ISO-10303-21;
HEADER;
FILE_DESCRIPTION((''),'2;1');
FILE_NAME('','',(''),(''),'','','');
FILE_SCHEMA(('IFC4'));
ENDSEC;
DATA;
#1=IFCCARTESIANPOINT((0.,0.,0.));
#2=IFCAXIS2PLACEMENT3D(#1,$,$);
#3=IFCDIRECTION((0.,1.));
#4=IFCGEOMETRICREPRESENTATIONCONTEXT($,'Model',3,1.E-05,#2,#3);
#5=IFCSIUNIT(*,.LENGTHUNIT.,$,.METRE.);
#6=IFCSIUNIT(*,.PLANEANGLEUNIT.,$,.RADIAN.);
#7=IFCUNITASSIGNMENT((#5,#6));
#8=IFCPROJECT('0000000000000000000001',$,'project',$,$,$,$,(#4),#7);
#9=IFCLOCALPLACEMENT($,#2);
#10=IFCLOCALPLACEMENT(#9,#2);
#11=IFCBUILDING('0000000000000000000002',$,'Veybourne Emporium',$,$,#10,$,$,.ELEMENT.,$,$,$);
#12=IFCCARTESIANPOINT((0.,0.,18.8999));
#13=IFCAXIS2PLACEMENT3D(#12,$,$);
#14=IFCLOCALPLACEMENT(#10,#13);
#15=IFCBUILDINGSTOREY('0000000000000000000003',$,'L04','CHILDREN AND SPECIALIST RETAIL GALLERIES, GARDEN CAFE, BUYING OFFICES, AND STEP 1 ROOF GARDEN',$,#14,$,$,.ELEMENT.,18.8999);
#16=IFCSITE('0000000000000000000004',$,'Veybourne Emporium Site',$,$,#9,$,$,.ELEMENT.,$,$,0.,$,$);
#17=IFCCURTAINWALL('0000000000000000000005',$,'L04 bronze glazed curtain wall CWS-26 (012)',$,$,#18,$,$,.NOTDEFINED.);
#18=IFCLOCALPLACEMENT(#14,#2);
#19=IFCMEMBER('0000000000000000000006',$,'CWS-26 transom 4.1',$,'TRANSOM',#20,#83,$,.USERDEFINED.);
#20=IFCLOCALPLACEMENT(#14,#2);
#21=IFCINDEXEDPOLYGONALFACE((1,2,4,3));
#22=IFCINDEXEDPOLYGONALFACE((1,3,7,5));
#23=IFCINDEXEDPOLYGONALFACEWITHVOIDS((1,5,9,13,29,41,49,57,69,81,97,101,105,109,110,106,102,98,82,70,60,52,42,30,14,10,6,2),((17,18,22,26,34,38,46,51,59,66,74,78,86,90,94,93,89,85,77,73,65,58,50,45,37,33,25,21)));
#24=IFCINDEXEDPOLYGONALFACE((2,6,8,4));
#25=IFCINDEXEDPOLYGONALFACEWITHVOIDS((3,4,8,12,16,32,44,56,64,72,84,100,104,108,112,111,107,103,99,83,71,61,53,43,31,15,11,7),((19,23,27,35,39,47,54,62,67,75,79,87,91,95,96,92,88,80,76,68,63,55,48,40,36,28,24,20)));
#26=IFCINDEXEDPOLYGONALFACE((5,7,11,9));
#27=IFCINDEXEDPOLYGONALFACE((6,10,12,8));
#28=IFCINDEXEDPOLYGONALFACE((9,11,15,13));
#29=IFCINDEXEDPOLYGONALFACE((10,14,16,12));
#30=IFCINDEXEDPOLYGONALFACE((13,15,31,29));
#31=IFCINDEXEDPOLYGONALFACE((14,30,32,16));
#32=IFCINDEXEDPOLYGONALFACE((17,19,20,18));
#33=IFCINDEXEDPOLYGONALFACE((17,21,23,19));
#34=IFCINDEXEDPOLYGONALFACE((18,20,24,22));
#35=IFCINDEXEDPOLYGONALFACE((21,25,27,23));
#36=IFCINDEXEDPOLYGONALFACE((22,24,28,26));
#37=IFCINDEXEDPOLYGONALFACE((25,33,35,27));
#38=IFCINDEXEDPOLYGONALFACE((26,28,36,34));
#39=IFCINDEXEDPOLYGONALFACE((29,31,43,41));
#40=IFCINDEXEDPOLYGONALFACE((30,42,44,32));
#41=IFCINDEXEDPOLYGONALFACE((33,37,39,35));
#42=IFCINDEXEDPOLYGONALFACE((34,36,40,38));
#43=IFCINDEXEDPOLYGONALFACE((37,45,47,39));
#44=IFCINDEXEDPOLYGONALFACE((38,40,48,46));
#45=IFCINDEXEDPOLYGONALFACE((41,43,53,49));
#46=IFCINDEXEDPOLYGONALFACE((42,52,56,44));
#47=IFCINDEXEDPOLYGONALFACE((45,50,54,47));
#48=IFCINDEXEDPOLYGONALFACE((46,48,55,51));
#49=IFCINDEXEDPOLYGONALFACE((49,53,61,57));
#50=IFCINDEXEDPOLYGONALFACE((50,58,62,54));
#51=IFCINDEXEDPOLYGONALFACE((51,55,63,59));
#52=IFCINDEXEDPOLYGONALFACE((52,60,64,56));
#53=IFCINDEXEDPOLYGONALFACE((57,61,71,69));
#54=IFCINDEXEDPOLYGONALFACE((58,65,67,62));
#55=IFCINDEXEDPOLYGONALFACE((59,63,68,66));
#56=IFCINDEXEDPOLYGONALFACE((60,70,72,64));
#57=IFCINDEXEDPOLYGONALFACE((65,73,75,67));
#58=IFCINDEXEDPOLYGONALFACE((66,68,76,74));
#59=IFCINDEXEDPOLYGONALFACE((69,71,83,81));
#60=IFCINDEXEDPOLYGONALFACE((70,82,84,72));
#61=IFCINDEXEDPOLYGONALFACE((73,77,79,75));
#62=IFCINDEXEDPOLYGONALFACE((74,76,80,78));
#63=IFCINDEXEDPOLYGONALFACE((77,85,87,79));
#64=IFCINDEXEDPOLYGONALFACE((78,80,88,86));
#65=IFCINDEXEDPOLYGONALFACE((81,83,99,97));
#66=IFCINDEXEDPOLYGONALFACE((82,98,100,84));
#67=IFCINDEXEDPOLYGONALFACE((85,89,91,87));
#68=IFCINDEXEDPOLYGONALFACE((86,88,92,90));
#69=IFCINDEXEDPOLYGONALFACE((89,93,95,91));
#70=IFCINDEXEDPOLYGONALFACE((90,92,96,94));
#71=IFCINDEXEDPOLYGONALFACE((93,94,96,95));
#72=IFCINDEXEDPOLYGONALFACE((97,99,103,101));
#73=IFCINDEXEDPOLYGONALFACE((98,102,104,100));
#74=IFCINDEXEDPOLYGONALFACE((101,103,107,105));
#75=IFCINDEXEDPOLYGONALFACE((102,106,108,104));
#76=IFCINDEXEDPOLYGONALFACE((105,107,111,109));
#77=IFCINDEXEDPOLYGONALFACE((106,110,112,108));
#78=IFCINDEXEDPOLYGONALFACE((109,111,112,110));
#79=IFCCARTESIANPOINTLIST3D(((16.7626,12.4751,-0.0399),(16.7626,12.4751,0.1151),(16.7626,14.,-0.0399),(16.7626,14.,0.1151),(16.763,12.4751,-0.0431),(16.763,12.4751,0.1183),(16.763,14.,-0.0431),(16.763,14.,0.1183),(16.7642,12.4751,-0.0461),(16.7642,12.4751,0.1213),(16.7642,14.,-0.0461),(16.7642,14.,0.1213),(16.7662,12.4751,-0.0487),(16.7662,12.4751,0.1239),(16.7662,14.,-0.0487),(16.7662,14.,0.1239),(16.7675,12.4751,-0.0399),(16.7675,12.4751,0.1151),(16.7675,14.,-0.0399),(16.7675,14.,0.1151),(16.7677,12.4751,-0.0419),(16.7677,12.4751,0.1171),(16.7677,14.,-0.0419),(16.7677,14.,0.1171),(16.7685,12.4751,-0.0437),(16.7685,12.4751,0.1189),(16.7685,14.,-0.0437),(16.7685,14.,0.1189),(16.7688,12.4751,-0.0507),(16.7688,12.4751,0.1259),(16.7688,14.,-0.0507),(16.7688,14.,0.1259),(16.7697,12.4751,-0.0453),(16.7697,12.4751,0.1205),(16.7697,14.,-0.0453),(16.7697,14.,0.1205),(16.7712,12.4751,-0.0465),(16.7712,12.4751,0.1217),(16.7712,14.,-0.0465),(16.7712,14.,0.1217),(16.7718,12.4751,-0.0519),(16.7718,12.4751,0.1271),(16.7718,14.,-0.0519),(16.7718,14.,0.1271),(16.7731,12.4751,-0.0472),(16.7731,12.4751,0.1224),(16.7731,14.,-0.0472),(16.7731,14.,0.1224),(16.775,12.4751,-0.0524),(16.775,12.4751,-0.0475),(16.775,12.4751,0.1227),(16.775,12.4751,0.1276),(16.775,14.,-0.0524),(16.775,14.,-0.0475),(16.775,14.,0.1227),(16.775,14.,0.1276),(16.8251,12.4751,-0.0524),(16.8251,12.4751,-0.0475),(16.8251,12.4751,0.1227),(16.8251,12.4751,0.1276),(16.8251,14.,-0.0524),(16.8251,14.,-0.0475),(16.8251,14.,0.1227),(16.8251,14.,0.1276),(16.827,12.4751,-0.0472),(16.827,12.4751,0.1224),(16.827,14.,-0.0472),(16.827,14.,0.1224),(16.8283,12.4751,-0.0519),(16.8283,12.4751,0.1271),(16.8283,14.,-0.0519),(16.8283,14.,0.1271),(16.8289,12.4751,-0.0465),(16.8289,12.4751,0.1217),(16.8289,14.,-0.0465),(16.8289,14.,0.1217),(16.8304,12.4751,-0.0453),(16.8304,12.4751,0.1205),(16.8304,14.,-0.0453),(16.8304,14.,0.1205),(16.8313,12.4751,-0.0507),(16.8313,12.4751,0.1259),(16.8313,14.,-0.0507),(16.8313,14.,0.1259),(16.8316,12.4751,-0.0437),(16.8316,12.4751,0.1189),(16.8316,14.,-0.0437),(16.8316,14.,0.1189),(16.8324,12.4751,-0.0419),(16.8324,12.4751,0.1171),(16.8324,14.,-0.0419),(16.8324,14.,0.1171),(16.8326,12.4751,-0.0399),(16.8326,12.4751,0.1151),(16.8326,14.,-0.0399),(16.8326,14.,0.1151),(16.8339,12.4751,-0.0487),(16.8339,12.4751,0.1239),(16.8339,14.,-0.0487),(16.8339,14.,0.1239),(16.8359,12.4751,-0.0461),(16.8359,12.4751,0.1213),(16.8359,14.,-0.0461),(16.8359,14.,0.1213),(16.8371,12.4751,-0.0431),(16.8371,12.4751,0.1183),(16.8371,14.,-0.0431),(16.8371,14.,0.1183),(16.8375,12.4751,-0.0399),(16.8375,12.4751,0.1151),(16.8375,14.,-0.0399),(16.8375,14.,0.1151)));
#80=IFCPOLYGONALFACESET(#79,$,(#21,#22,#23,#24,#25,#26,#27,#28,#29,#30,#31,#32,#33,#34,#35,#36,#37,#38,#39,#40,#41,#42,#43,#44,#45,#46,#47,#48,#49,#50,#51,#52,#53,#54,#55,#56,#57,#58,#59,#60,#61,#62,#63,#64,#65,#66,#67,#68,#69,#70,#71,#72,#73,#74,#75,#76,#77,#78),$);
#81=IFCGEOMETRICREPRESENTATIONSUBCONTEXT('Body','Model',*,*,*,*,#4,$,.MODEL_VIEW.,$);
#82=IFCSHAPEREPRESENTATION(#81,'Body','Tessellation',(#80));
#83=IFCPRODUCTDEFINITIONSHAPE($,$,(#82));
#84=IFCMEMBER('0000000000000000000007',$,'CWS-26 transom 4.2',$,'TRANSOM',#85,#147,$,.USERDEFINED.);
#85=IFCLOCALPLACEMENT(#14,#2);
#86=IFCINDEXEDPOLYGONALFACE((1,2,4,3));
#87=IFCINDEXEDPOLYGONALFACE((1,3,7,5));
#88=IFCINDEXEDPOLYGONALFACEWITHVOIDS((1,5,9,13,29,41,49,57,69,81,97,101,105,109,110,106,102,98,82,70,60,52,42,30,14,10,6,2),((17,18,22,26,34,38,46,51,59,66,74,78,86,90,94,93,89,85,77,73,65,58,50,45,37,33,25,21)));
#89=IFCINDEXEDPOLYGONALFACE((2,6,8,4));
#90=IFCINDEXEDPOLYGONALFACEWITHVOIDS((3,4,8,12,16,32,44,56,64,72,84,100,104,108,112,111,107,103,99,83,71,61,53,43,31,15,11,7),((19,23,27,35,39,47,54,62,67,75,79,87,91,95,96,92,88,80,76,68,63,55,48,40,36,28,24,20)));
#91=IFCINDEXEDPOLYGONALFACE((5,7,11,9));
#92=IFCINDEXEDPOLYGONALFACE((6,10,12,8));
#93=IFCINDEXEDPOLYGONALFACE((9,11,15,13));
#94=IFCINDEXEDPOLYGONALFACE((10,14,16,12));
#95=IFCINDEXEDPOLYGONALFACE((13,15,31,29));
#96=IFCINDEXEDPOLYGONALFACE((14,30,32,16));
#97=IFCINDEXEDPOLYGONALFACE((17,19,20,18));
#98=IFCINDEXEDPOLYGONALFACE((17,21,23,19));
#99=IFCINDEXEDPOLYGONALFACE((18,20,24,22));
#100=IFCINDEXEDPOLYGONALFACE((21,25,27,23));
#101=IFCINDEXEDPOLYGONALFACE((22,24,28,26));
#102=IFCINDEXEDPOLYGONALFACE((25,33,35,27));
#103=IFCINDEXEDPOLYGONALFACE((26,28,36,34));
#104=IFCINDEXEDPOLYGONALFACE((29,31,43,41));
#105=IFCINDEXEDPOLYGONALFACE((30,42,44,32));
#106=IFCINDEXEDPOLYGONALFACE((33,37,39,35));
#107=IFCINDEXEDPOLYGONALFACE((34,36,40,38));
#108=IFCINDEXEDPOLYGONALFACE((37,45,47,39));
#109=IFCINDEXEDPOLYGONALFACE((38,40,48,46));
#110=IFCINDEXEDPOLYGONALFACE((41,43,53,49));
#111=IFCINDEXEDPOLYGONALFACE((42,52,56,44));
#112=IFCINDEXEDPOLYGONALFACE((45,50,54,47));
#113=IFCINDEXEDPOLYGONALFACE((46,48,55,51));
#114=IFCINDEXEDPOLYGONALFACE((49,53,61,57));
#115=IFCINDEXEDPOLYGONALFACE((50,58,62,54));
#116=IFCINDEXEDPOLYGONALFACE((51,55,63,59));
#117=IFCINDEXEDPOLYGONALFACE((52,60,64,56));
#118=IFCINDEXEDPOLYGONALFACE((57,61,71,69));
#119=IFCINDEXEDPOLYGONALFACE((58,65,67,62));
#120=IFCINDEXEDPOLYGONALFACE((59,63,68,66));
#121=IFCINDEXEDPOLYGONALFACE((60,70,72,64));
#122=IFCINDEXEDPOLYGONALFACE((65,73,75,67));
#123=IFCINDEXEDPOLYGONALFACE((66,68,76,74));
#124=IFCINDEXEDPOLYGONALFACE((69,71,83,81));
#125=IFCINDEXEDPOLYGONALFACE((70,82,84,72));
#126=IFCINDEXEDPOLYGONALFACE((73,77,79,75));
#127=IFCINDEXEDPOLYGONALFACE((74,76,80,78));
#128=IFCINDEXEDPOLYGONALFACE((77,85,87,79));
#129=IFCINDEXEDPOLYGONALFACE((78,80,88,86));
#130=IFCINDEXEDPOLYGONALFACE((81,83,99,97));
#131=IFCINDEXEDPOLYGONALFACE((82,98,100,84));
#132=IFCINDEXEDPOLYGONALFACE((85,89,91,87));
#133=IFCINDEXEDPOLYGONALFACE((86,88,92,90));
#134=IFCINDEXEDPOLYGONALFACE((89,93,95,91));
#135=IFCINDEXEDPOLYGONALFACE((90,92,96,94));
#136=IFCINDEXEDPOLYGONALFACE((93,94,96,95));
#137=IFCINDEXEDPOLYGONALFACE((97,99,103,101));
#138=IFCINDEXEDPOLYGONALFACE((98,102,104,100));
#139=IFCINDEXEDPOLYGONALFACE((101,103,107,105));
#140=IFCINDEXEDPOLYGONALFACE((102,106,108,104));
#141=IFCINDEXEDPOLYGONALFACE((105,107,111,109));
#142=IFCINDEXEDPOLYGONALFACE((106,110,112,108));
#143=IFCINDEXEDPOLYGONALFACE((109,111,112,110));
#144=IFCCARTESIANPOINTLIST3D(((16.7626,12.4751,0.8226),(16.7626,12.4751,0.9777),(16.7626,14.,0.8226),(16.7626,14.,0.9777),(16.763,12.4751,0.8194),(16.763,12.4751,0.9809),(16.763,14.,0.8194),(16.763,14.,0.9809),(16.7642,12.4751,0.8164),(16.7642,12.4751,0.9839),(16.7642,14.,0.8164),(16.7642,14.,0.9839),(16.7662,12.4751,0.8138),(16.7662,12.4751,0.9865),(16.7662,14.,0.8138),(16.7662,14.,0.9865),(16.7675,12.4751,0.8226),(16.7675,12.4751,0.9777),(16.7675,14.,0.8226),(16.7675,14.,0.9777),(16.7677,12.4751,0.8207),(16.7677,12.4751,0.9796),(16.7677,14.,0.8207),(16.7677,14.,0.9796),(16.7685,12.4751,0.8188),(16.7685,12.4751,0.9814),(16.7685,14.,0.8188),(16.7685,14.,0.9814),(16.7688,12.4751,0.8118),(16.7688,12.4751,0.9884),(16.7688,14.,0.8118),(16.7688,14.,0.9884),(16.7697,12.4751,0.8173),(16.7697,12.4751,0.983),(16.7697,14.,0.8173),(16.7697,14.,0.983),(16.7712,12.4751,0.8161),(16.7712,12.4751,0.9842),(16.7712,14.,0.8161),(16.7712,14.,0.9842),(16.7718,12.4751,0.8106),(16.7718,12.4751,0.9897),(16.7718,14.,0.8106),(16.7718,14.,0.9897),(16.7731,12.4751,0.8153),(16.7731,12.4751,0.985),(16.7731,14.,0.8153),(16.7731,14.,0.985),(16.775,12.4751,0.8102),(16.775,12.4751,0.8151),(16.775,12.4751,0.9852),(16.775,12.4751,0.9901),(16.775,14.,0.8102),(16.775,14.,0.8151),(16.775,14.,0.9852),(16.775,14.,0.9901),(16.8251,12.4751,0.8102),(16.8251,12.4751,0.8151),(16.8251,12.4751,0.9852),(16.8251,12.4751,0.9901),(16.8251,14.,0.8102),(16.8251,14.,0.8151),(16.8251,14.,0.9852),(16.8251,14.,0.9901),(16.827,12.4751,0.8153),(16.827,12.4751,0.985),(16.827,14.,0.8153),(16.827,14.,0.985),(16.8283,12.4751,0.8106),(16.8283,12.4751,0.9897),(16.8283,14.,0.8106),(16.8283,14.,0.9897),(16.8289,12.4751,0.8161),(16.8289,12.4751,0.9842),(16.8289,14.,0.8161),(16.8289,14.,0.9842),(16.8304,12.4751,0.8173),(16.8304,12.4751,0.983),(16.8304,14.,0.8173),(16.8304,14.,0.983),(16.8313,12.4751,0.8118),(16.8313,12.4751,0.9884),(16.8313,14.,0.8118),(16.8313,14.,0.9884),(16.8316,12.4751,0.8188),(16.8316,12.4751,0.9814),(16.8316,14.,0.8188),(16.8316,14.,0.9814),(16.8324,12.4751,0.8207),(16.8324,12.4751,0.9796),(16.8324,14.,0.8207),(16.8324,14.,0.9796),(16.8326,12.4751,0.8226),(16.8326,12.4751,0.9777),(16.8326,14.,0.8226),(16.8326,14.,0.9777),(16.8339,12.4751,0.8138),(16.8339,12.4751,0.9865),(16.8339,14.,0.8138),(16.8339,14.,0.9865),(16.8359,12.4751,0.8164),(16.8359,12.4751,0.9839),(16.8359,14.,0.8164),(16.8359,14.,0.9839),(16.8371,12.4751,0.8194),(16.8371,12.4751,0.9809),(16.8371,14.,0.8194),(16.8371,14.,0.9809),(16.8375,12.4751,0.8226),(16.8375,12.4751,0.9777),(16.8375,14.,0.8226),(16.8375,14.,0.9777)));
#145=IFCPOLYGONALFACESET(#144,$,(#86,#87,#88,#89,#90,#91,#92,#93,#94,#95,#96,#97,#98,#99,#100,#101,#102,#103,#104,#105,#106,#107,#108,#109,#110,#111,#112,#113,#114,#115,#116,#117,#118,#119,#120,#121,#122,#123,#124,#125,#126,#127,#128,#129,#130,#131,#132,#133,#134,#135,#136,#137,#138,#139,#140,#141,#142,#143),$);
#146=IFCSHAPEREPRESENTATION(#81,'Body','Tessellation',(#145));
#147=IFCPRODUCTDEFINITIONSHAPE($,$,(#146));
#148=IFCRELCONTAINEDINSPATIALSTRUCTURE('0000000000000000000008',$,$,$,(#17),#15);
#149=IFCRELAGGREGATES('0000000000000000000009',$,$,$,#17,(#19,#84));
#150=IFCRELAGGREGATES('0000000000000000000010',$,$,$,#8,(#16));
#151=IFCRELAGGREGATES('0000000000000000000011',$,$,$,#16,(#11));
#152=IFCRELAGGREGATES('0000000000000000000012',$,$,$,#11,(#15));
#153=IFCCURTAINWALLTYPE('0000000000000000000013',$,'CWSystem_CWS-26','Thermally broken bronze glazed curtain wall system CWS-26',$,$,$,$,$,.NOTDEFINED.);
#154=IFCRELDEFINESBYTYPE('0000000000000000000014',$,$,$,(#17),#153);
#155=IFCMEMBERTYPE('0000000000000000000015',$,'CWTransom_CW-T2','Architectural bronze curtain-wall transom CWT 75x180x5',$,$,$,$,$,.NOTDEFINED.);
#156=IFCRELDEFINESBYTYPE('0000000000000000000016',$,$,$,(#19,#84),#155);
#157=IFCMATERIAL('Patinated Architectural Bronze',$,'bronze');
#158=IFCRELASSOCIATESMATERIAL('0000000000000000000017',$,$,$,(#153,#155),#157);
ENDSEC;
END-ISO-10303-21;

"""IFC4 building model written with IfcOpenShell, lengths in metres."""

from ifc_helpers import new_model, si_unit, direction, frame, origin, origin_2d, place, context, subcontext, project, spatial, hollow_rectangle, extrude, material, material_profile, profile_set, type_object, element, aggregate, save


model = new_model("IFC4")

# Units and contexts
model_context = context("Model", 3, precision=1e-05, world=origin(), true_north=direction((0.0, 1.0)))
body_context = subcontext(model_context, "Body", "Model", "MODEL_VIEW")
ifc_project = project(units=[si_unit("LENGTHUNIT", "METRE"), si_unit("PLANEANGLEUNIT", "RADIAN")], contexts=[model_context])

# Site, building, storey
site_placement = place(None, origin())
site = spatial("IfcSite", under=ifc_project, at=site_placement, Name="Veybourne Emporium Site", CompositionType="ELEMENT", RefElevation=0.0)
building_placement = place(site_placement, origin())
building = spatial("IfcBuilding", under=site, at=building_placement, Name="Veybourne Emporium", CompositionType="ELEMENT")
storey_placement = place(building_placement, frame((0.0, 0.0, 18.8999)))
storey = spatial("IfcBuildingStorey", under=building, at=storey_placement, Name="L04", Description="CHILDREN AND SPECIALIST RETAIL GALLERIES, GARDEN CAFE, BUYING OFFICES, AND STEP 1 ROOF GARDEN", CompositionType="ELEMENT", Elevation=18.8999)

# Curtain wall, members
ifc_material_1 = material(Name="Patinated Architectural Bronze", Category="bronze")
curtain_wall_type = type_object("IfcCurtainWallType", Name="CWSystem_CWS-26", Description="Thermally broken bronze glazed curtain wall system CWS-26", PredefinedType="NOTDEFINED", material=ifc_material_1)
curtain_wall_placement = place(storey_placement, origin())
curtain_wall = element("IfcCurtainWall", 1, at=curtain_wall_placement, inside=storey, type_object=curtain_wall_type, Name="L04 bronze glazed curtain wall CWS-26 (012)", PredefinedType="NOTDEFINED")
ifc_material_profile_1 = material_profile(ifc_material_1, hollow_rectangle(XDim=0.075, YDim=0.1799, WallThickness=0.0049, InnerFilletRadius=0.0076, OuterFilletRadius=0.0125, at=origin_2d()), Name="CWT 75x180x5")
ifc_profile_set_1 = profile_set([ifc_material_profile_1], Name="Patinated Architectural Bronze")
member_type_1 = type_object("IfcMemberType", Name="CWTransom_CW-T2", Description="Architectural bronze curtain-wall transom CWT 75x180x5", PredefinedType="NOTDEFINED", material=ifc_profile_set_1)
member_1_placement = place(storey_placement, frame((16.8, 12.4751, 0.0376), z_axis=(0.0, 1.0, 0.0), x_axis=(-1.0, 0.0, 0.0)))
member_1 = element("IfcMember", 2, at=member_1_placement, type_object=member_type_1, Name="CWS-26 transom 4.1", ObjectType="TRANSOM", PredefinedType="USERDEFINED", context=body_context, shape_type="SweptSolid", body=[
    extrude(hollow_rectangle(XDim=0.075, YDim=0.1799, WallThickness=0.0049, InnerFilletRadius=0.0076, OuterFilletRadius=0.0125, at=origin_2d()), origin(), (0.0, 0.0, 1.0), 1.5249),
])
member_2_placement = place(storey_placement, frame((16.8, 12.4751, 0.9001), z_axis=(0.0, 1.0, 0.0), x_axis=(-1.0, 0.0, 0.0)))
member_2 = element("IfcMember", 3, at=member_2_placement, type_object=member_type_1, Name="CWS-26 transom 4.2", ObjectType="TRANSOM", PredefinedType="USERDEFINED", context=body_context, shape_type="SweptSolid", body=[
    extrude(hollow_rectangle(XDim=0.075, YDim=0.1799, WallThickness=0.0049, InnerFilletRadius=0.0076, OuterFilletRadius=0.0125, at=origin_2d()), origin(), (0.0, 0.0, 1.0), 1.5249),
])
aggregate(curtain_wall, [member_1, member_2])

save(model, "model.ifc")
